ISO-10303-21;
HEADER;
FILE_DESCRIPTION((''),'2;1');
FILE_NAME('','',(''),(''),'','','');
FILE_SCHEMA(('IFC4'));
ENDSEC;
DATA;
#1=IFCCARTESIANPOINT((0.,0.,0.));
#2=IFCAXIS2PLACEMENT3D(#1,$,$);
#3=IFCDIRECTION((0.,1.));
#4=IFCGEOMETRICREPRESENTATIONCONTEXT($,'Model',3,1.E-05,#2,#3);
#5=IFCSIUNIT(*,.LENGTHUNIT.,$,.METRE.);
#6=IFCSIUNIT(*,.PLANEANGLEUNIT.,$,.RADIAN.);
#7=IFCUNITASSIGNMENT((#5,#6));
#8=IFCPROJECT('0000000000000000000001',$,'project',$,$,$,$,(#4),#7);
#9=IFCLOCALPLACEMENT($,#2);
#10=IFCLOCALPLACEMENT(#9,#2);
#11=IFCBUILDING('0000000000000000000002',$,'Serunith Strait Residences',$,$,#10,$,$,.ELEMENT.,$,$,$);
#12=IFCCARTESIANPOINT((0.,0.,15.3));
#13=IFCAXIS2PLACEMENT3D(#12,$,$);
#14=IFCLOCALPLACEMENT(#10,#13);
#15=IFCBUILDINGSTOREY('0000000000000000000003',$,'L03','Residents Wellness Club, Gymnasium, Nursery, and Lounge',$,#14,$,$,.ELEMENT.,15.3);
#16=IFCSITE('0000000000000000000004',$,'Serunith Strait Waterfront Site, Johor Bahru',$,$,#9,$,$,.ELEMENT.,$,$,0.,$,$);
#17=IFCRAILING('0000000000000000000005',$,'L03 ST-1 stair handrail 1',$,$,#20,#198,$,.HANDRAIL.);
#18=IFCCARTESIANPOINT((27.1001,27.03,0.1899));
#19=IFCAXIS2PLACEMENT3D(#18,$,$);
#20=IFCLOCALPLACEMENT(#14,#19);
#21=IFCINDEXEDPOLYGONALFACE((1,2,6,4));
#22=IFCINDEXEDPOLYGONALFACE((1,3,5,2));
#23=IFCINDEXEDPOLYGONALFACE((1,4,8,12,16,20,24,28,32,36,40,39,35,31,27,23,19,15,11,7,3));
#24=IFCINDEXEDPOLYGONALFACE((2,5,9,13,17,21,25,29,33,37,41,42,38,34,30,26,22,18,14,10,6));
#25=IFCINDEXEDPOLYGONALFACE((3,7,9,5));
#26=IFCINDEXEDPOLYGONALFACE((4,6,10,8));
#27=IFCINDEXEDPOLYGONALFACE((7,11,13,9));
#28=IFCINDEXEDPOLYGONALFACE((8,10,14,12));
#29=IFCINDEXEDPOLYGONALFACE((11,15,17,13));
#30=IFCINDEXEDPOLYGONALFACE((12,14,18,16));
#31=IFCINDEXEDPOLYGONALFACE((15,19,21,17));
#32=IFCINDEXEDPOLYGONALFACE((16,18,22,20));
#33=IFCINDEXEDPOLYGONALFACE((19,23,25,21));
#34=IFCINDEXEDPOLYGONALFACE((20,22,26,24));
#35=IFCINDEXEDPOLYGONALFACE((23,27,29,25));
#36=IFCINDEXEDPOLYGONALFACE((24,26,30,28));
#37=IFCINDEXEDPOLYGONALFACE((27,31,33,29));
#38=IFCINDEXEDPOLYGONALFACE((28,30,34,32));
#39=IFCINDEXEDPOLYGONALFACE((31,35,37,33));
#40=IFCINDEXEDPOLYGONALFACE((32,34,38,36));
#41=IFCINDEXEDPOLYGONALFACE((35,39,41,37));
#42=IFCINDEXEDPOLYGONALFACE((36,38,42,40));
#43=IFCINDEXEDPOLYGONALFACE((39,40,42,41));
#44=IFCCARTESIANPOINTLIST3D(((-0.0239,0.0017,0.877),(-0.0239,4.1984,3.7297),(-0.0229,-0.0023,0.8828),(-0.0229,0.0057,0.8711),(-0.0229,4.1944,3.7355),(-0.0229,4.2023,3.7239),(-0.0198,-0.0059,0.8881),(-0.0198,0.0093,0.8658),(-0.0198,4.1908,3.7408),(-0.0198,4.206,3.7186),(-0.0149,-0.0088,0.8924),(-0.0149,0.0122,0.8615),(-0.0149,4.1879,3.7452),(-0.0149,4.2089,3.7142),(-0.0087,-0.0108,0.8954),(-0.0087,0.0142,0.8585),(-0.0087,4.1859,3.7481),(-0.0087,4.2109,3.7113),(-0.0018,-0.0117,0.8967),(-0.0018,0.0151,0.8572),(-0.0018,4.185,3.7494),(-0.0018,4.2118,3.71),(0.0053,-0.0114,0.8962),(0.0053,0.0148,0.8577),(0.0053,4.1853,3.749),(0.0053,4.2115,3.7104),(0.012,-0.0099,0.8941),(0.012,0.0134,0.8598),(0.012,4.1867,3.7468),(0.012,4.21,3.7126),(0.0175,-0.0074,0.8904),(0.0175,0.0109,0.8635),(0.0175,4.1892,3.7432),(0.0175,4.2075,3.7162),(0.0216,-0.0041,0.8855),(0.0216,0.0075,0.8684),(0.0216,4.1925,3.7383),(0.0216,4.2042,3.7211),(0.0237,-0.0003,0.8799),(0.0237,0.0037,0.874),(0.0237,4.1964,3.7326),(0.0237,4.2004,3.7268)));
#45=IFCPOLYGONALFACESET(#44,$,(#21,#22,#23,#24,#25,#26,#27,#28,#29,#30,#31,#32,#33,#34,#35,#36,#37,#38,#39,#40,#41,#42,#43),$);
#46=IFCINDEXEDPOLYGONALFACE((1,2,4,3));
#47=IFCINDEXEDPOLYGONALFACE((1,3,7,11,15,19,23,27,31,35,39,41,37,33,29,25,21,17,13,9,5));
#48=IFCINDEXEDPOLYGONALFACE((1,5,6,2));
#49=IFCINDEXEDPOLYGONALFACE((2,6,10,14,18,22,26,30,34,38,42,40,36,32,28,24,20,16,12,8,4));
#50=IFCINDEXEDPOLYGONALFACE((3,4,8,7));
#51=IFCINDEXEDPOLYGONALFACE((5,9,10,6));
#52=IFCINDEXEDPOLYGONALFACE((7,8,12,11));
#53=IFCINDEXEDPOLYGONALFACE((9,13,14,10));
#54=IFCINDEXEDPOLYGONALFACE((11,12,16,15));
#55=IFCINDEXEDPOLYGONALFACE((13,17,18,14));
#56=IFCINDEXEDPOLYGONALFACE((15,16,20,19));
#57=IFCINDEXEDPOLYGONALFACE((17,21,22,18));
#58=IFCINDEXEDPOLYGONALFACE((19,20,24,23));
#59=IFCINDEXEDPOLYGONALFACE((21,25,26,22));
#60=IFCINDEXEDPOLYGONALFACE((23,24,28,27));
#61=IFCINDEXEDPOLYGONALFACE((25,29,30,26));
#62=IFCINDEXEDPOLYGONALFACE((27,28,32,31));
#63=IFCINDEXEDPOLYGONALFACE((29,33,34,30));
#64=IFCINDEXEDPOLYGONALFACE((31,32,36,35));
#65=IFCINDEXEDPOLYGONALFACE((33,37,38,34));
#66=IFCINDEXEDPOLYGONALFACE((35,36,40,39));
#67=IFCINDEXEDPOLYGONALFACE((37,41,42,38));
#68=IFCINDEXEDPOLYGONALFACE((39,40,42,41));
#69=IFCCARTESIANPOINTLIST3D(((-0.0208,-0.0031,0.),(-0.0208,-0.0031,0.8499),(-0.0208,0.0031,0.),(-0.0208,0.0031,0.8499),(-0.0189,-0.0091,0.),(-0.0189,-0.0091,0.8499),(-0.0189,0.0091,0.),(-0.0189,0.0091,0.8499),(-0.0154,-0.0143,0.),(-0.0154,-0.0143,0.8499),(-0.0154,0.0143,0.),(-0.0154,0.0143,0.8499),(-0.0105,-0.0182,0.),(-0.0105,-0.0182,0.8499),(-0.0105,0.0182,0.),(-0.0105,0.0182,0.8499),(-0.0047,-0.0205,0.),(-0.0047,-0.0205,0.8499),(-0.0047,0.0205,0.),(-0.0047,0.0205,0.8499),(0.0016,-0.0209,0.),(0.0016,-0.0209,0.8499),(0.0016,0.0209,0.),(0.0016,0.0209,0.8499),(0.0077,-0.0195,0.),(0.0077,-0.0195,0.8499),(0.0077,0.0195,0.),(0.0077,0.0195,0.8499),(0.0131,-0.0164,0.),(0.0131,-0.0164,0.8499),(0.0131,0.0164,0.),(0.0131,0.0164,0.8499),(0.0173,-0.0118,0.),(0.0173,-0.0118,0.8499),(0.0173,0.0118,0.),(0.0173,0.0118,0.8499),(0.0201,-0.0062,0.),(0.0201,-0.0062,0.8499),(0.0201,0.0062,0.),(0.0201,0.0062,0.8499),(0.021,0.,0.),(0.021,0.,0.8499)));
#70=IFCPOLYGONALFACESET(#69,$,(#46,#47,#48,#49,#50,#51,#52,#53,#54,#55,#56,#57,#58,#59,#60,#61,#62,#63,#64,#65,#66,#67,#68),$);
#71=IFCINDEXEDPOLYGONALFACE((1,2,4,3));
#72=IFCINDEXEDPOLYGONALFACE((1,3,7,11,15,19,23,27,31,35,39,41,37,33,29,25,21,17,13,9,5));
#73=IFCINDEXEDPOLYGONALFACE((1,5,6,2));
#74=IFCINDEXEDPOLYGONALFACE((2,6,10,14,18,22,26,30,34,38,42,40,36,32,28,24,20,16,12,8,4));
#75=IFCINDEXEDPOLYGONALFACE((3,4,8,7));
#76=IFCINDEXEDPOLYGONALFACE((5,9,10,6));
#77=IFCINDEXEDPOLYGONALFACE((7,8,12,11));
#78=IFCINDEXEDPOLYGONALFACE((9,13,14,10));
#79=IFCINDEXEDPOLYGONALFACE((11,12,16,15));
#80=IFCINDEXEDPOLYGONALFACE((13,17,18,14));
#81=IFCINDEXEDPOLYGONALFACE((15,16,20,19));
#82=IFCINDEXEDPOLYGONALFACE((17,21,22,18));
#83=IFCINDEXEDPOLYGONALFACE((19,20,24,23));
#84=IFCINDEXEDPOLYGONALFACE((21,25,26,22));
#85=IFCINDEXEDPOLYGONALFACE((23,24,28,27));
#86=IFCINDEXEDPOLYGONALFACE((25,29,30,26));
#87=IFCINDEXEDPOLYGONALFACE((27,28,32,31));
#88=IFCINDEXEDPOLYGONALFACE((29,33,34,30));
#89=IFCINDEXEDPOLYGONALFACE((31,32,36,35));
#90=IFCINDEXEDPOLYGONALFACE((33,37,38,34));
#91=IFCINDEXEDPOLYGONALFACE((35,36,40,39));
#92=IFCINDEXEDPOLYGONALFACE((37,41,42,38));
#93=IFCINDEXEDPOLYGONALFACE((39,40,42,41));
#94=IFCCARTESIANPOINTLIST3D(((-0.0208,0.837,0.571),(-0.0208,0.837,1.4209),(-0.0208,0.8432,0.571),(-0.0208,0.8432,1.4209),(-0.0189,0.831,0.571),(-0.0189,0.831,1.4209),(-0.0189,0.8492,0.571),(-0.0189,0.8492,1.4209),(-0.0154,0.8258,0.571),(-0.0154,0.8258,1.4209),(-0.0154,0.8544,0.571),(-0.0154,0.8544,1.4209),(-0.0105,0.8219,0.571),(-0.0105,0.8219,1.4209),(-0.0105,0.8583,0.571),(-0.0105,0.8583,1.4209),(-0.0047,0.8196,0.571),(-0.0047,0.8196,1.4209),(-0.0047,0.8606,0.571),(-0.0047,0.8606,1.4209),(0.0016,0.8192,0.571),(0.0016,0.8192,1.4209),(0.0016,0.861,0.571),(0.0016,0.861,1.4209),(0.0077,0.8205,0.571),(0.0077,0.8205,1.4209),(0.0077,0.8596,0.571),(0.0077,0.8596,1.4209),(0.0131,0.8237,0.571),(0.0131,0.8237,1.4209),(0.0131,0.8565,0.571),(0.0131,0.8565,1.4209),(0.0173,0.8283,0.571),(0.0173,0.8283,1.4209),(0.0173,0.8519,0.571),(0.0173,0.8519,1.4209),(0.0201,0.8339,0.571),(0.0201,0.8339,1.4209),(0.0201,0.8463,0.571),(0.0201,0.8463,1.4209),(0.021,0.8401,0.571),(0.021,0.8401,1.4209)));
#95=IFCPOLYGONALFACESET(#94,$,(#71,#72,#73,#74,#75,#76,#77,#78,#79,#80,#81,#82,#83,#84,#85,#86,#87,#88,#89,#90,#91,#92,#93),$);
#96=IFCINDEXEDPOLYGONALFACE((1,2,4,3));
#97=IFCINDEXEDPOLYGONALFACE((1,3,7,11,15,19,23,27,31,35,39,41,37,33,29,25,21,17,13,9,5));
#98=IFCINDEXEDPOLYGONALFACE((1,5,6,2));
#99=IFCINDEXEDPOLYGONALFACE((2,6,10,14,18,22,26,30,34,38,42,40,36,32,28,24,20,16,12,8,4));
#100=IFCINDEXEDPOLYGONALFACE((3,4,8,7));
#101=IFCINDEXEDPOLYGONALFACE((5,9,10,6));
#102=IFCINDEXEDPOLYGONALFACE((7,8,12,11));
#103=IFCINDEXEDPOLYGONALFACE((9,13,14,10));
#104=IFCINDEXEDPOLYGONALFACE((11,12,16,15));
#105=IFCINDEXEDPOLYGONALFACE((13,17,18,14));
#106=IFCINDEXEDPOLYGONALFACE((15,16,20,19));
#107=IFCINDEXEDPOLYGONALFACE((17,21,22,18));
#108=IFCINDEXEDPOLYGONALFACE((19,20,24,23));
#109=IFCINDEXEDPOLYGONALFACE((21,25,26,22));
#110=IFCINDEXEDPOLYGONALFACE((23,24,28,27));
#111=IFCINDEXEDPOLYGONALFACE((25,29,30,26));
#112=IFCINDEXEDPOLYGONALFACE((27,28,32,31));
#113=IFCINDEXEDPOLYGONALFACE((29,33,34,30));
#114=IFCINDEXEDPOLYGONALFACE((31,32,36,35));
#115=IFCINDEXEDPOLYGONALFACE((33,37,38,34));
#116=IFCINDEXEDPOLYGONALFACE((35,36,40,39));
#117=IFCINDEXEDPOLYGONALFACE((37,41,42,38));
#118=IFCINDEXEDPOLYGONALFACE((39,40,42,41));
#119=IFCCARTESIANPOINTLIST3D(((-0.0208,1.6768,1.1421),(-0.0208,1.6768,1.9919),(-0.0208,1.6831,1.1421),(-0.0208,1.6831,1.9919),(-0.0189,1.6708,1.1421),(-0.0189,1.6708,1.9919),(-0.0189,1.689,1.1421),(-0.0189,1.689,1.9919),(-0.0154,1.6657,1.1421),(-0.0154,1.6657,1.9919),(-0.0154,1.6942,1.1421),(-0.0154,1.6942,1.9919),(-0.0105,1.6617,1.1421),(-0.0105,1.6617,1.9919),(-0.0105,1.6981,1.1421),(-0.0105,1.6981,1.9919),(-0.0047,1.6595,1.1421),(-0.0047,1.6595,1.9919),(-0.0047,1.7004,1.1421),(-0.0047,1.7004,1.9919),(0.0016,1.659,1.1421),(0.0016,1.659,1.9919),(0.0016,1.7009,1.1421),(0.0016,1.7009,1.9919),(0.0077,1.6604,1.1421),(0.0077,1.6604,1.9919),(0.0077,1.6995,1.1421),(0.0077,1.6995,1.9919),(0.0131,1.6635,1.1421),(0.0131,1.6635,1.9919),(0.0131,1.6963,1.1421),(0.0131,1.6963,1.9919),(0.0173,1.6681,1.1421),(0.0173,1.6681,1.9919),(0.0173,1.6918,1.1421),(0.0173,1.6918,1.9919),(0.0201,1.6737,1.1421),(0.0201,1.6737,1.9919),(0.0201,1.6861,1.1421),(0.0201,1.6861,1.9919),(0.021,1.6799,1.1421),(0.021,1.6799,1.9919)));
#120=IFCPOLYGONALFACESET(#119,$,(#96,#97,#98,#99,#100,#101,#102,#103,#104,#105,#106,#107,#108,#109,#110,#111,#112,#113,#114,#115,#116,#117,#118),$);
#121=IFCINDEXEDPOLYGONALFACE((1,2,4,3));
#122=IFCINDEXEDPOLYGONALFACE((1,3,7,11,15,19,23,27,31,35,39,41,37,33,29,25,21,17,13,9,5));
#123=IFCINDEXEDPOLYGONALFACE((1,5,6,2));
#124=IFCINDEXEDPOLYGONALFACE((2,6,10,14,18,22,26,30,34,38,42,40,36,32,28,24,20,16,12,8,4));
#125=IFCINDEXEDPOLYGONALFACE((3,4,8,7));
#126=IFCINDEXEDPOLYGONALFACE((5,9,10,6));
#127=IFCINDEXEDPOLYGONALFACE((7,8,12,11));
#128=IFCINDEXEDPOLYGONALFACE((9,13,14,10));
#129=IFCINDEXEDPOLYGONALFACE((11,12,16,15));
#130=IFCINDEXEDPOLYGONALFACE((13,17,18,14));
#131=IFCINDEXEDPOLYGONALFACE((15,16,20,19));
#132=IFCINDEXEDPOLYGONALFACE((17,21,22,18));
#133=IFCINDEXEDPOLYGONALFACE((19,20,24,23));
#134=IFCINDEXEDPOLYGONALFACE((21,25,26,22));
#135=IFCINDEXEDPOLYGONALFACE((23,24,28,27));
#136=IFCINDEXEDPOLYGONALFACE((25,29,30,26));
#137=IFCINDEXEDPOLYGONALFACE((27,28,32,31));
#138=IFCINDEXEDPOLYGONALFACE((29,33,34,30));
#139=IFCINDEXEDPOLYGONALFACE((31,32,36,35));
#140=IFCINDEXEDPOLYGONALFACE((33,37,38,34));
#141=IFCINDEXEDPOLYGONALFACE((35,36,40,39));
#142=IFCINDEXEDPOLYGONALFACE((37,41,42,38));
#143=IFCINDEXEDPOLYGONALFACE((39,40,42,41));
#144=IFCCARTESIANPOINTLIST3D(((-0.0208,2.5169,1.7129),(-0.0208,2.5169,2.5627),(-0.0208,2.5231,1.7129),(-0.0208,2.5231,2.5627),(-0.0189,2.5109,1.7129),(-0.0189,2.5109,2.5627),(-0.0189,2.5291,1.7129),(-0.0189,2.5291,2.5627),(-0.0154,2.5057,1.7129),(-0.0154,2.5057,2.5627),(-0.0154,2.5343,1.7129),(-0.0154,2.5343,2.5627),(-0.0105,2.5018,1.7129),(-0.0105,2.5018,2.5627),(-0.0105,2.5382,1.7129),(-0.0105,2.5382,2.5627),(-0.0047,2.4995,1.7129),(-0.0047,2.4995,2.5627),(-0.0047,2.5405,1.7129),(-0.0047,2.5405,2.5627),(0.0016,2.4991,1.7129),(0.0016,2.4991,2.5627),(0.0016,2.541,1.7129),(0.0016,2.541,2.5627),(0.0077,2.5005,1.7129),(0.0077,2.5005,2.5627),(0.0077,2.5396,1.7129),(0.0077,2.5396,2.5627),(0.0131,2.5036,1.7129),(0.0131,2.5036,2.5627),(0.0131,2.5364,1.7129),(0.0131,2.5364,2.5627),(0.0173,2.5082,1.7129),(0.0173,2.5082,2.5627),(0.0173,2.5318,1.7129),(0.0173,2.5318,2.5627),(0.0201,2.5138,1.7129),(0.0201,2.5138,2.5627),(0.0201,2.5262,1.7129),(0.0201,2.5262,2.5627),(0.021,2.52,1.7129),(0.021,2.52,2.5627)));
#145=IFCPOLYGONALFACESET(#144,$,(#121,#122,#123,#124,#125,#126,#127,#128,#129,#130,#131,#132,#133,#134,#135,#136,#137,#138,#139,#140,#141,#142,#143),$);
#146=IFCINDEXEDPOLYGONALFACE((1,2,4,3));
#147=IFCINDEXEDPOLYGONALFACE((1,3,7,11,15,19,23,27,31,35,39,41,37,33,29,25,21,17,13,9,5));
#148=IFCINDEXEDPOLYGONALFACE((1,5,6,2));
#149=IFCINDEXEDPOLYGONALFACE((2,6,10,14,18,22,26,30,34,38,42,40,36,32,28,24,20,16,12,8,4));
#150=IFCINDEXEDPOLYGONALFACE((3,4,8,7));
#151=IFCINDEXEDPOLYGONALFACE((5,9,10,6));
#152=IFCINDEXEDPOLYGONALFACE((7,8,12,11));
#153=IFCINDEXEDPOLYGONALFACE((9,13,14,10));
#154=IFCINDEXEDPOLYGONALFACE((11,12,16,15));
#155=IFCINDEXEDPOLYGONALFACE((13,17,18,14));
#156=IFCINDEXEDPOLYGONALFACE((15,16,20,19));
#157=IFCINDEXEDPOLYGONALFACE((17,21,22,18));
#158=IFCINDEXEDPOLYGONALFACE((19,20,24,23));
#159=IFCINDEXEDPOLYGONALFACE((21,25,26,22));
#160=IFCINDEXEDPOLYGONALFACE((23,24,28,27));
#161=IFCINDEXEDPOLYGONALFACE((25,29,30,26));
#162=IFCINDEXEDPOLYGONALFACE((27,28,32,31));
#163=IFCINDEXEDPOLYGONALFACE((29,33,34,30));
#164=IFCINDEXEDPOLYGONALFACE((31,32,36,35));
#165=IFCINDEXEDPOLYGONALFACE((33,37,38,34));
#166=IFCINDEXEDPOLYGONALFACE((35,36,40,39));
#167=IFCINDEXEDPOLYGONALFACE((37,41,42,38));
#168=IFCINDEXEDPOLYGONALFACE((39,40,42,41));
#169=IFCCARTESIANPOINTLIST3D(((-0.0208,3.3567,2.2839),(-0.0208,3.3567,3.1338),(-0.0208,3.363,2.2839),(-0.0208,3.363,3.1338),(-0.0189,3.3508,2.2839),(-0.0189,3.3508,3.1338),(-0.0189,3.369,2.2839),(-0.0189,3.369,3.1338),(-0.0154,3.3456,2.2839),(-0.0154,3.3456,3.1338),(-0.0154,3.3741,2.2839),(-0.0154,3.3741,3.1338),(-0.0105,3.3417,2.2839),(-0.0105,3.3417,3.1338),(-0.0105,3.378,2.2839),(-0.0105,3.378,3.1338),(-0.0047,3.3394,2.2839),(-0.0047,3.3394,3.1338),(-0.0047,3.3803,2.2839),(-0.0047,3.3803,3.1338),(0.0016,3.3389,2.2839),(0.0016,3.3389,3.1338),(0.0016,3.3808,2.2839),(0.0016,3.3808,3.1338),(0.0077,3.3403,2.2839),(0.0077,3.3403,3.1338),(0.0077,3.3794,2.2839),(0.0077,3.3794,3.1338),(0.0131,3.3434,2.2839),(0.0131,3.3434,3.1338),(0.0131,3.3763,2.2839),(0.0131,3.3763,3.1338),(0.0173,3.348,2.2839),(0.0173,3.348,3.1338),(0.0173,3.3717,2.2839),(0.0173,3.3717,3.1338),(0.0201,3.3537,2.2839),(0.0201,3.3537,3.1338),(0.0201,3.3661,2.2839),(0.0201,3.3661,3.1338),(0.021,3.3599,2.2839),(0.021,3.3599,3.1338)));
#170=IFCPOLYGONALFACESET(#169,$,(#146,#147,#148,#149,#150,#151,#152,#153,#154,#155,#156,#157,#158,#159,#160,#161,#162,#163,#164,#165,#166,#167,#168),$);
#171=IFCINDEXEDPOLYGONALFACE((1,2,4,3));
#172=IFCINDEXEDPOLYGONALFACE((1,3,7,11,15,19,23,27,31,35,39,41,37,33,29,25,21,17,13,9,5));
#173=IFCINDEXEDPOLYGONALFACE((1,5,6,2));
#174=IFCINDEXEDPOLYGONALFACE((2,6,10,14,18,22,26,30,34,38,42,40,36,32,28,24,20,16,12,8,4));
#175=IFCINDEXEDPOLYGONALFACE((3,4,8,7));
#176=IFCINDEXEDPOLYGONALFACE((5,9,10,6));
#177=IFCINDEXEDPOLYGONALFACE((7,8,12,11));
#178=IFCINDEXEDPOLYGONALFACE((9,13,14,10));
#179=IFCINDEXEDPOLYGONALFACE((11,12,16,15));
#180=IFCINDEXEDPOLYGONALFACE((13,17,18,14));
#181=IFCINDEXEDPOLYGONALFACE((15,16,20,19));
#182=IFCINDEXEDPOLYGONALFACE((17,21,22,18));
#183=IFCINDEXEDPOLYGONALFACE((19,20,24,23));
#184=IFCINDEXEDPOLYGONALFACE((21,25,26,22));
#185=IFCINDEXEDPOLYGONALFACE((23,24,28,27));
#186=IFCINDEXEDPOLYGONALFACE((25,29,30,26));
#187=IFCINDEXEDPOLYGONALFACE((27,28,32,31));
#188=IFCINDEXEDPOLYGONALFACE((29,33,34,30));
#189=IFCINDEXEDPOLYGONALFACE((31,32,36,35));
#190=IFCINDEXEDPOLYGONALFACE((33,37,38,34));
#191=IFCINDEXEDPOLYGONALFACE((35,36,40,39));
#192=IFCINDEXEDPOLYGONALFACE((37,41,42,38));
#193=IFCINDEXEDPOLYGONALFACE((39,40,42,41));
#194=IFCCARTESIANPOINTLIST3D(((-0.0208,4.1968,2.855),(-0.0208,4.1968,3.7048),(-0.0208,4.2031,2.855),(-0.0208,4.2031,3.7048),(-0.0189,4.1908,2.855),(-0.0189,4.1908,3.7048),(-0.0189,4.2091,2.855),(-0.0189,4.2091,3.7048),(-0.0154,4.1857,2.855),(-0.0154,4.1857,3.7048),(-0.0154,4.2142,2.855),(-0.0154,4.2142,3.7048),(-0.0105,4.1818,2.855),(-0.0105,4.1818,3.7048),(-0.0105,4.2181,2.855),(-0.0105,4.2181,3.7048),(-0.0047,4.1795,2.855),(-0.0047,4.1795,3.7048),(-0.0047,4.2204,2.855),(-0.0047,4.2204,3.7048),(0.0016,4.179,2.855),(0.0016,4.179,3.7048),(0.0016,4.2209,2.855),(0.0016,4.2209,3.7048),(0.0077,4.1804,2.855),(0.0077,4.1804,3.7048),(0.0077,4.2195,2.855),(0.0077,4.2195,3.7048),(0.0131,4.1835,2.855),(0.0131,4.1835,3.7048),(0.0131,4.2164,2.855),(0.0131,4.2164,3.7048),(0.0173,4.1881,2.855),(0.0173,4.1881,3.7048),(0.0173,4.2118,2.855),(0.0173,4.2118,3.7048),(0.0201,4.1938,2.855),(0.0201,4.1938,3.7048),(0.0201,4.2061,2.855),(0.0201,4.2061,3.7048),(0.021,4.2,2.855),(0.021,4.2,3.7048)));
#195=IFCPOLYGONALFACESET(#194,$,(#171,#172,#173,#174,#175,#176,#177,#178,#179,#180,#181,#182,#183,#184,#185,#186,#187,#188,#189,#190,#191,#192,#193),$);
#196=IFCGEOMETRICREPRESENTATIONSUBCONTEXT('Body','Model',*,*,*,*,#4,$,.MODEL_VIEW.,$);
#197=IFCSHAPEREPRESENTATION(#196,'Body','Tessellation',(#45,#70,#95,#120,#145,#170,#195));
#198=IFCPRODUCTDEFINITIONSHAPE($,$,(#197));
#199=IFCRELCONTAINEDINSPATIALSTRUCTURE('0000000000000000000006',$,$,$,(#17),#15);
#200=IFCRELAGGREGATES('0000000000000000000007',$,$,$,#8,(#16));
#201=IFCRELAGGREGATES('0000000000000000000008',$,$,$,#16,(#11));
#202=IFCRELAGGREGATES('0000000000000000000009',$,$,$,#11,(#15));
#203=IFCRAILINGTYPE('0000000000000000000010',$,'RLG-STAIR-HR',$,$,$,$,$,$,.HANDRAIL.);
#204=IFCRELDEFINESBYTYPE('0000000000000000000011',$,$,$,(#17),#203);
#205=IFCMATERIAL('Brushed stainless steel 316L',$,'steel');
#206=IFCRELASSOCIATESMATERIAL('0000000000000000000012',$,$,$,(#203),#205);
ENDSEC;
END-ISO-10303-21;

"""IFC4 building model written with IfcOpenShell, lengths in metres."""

from ifc_helpers import new_model, si_unit, direction, frame, origin, origin_2d, place, context, subcontext, project, spatial, circle, extrude, material, type_object, element, save


model = new_model("IFC4")

# Units and contexts
model_context = context("Model", 3, precision=1e-05, world=origin(), true_north=direction((0.0, 1.0)))
body_context = subcontext(model_context, "Body", "Model", "MODEL_VIEW")
ifc_project = project(units=[si_unit("LENGTHUNIT", "METRE"), si_unit("PLANEANGLEUNIT", "RADIAN")], contexts=[model_context])

# Site, building, storey
site_placement = place(None, origin())
site = spatial("IfcSite", under=ifc_project, at=site_placement, Name="Serunith Strait Waterfront Site, Johor Bahru", CompositionType="ELEMENT", RefElevation=0.0)
building_placement = place(site_placement, origin())
building = spatial("IfcBuilding", under=site, at=building_placement, Name="Serunith Strait Residences", CompositionType="ELEMENT")
storey_placement = place(building_placement, frame((0.0, 0.0, 15.3)))
storey = spatial("IfcBuildingStorey", under=building, at=storey_placement, Name="L03", Description="Residents Wellness Club, Gymnasium, Nursery, and Lounge", CompositionType="ELEMENT", Elevation=15.3)

# Railing
ifc_material_1 = material(Name="Brushed stainless steel 316L", Category="steel")
railing_type_1 = type_object("IfcRailingType", Name="RLG-STAIR-HR", PredefinedType="HANDRAIL", material=ifc_material_1)
railing_1_placement = place(storey_placement, frame((27.1001, 27.03, 0.1899)))
element("IfcRailing", 1, at=railing_1_placement, inside=storey, type_object=railing_type_1, Name="L03 ST-1 stair handrail 1", PredefinedType="HANDRAIL", context=body_context, shape_type="SweptSolid", body=[
    extrude(circle(Radius=0.0239, at=origin_2d()), frame((0.0, 0.0017, 0.877), z_axis=(0.0, 0.827017, 0.562177), x_axis=(-1.0, 0.0, 0.0)), (0.0, 0.0, 1.0), 5.0745),
    extrude(circle(Radius=0.021, at=origin_2d()), origin(), (0.0, 0.0, 1.0), 0.8499),
    extrude(circle(Radius=0.021, at=origin_2d()), frame((0.0, 0.8401, 0.571)), (0.0, 0.0, 1.0), 0.8499),
    extrude(circle(Radius=0.021, at=origin_2d()), frame((0.0, 1.6799, 1.1421)), (0.0, 0.0, 1.0), 0.8499),
    extrude(circle(Radius=0.021, at=origin_2d()), frame((0.0, 2.52, 1.7129)), (0.0, 0.0, 1.0), 0.8499),
    extrude(circle(Radius=0.021, at=origin_2d()), frame((0.0, 3.3599, 2.2839)), (0.0, 0.0, 1.0), 0.8499),
    extrude(circle(Radius=0.021, at=origin_2d()), frame((0.0, 4.2, 2.855)), (0.0, 0.0, 1.0), 0.8499),
])

save(model, "model.ifc")
